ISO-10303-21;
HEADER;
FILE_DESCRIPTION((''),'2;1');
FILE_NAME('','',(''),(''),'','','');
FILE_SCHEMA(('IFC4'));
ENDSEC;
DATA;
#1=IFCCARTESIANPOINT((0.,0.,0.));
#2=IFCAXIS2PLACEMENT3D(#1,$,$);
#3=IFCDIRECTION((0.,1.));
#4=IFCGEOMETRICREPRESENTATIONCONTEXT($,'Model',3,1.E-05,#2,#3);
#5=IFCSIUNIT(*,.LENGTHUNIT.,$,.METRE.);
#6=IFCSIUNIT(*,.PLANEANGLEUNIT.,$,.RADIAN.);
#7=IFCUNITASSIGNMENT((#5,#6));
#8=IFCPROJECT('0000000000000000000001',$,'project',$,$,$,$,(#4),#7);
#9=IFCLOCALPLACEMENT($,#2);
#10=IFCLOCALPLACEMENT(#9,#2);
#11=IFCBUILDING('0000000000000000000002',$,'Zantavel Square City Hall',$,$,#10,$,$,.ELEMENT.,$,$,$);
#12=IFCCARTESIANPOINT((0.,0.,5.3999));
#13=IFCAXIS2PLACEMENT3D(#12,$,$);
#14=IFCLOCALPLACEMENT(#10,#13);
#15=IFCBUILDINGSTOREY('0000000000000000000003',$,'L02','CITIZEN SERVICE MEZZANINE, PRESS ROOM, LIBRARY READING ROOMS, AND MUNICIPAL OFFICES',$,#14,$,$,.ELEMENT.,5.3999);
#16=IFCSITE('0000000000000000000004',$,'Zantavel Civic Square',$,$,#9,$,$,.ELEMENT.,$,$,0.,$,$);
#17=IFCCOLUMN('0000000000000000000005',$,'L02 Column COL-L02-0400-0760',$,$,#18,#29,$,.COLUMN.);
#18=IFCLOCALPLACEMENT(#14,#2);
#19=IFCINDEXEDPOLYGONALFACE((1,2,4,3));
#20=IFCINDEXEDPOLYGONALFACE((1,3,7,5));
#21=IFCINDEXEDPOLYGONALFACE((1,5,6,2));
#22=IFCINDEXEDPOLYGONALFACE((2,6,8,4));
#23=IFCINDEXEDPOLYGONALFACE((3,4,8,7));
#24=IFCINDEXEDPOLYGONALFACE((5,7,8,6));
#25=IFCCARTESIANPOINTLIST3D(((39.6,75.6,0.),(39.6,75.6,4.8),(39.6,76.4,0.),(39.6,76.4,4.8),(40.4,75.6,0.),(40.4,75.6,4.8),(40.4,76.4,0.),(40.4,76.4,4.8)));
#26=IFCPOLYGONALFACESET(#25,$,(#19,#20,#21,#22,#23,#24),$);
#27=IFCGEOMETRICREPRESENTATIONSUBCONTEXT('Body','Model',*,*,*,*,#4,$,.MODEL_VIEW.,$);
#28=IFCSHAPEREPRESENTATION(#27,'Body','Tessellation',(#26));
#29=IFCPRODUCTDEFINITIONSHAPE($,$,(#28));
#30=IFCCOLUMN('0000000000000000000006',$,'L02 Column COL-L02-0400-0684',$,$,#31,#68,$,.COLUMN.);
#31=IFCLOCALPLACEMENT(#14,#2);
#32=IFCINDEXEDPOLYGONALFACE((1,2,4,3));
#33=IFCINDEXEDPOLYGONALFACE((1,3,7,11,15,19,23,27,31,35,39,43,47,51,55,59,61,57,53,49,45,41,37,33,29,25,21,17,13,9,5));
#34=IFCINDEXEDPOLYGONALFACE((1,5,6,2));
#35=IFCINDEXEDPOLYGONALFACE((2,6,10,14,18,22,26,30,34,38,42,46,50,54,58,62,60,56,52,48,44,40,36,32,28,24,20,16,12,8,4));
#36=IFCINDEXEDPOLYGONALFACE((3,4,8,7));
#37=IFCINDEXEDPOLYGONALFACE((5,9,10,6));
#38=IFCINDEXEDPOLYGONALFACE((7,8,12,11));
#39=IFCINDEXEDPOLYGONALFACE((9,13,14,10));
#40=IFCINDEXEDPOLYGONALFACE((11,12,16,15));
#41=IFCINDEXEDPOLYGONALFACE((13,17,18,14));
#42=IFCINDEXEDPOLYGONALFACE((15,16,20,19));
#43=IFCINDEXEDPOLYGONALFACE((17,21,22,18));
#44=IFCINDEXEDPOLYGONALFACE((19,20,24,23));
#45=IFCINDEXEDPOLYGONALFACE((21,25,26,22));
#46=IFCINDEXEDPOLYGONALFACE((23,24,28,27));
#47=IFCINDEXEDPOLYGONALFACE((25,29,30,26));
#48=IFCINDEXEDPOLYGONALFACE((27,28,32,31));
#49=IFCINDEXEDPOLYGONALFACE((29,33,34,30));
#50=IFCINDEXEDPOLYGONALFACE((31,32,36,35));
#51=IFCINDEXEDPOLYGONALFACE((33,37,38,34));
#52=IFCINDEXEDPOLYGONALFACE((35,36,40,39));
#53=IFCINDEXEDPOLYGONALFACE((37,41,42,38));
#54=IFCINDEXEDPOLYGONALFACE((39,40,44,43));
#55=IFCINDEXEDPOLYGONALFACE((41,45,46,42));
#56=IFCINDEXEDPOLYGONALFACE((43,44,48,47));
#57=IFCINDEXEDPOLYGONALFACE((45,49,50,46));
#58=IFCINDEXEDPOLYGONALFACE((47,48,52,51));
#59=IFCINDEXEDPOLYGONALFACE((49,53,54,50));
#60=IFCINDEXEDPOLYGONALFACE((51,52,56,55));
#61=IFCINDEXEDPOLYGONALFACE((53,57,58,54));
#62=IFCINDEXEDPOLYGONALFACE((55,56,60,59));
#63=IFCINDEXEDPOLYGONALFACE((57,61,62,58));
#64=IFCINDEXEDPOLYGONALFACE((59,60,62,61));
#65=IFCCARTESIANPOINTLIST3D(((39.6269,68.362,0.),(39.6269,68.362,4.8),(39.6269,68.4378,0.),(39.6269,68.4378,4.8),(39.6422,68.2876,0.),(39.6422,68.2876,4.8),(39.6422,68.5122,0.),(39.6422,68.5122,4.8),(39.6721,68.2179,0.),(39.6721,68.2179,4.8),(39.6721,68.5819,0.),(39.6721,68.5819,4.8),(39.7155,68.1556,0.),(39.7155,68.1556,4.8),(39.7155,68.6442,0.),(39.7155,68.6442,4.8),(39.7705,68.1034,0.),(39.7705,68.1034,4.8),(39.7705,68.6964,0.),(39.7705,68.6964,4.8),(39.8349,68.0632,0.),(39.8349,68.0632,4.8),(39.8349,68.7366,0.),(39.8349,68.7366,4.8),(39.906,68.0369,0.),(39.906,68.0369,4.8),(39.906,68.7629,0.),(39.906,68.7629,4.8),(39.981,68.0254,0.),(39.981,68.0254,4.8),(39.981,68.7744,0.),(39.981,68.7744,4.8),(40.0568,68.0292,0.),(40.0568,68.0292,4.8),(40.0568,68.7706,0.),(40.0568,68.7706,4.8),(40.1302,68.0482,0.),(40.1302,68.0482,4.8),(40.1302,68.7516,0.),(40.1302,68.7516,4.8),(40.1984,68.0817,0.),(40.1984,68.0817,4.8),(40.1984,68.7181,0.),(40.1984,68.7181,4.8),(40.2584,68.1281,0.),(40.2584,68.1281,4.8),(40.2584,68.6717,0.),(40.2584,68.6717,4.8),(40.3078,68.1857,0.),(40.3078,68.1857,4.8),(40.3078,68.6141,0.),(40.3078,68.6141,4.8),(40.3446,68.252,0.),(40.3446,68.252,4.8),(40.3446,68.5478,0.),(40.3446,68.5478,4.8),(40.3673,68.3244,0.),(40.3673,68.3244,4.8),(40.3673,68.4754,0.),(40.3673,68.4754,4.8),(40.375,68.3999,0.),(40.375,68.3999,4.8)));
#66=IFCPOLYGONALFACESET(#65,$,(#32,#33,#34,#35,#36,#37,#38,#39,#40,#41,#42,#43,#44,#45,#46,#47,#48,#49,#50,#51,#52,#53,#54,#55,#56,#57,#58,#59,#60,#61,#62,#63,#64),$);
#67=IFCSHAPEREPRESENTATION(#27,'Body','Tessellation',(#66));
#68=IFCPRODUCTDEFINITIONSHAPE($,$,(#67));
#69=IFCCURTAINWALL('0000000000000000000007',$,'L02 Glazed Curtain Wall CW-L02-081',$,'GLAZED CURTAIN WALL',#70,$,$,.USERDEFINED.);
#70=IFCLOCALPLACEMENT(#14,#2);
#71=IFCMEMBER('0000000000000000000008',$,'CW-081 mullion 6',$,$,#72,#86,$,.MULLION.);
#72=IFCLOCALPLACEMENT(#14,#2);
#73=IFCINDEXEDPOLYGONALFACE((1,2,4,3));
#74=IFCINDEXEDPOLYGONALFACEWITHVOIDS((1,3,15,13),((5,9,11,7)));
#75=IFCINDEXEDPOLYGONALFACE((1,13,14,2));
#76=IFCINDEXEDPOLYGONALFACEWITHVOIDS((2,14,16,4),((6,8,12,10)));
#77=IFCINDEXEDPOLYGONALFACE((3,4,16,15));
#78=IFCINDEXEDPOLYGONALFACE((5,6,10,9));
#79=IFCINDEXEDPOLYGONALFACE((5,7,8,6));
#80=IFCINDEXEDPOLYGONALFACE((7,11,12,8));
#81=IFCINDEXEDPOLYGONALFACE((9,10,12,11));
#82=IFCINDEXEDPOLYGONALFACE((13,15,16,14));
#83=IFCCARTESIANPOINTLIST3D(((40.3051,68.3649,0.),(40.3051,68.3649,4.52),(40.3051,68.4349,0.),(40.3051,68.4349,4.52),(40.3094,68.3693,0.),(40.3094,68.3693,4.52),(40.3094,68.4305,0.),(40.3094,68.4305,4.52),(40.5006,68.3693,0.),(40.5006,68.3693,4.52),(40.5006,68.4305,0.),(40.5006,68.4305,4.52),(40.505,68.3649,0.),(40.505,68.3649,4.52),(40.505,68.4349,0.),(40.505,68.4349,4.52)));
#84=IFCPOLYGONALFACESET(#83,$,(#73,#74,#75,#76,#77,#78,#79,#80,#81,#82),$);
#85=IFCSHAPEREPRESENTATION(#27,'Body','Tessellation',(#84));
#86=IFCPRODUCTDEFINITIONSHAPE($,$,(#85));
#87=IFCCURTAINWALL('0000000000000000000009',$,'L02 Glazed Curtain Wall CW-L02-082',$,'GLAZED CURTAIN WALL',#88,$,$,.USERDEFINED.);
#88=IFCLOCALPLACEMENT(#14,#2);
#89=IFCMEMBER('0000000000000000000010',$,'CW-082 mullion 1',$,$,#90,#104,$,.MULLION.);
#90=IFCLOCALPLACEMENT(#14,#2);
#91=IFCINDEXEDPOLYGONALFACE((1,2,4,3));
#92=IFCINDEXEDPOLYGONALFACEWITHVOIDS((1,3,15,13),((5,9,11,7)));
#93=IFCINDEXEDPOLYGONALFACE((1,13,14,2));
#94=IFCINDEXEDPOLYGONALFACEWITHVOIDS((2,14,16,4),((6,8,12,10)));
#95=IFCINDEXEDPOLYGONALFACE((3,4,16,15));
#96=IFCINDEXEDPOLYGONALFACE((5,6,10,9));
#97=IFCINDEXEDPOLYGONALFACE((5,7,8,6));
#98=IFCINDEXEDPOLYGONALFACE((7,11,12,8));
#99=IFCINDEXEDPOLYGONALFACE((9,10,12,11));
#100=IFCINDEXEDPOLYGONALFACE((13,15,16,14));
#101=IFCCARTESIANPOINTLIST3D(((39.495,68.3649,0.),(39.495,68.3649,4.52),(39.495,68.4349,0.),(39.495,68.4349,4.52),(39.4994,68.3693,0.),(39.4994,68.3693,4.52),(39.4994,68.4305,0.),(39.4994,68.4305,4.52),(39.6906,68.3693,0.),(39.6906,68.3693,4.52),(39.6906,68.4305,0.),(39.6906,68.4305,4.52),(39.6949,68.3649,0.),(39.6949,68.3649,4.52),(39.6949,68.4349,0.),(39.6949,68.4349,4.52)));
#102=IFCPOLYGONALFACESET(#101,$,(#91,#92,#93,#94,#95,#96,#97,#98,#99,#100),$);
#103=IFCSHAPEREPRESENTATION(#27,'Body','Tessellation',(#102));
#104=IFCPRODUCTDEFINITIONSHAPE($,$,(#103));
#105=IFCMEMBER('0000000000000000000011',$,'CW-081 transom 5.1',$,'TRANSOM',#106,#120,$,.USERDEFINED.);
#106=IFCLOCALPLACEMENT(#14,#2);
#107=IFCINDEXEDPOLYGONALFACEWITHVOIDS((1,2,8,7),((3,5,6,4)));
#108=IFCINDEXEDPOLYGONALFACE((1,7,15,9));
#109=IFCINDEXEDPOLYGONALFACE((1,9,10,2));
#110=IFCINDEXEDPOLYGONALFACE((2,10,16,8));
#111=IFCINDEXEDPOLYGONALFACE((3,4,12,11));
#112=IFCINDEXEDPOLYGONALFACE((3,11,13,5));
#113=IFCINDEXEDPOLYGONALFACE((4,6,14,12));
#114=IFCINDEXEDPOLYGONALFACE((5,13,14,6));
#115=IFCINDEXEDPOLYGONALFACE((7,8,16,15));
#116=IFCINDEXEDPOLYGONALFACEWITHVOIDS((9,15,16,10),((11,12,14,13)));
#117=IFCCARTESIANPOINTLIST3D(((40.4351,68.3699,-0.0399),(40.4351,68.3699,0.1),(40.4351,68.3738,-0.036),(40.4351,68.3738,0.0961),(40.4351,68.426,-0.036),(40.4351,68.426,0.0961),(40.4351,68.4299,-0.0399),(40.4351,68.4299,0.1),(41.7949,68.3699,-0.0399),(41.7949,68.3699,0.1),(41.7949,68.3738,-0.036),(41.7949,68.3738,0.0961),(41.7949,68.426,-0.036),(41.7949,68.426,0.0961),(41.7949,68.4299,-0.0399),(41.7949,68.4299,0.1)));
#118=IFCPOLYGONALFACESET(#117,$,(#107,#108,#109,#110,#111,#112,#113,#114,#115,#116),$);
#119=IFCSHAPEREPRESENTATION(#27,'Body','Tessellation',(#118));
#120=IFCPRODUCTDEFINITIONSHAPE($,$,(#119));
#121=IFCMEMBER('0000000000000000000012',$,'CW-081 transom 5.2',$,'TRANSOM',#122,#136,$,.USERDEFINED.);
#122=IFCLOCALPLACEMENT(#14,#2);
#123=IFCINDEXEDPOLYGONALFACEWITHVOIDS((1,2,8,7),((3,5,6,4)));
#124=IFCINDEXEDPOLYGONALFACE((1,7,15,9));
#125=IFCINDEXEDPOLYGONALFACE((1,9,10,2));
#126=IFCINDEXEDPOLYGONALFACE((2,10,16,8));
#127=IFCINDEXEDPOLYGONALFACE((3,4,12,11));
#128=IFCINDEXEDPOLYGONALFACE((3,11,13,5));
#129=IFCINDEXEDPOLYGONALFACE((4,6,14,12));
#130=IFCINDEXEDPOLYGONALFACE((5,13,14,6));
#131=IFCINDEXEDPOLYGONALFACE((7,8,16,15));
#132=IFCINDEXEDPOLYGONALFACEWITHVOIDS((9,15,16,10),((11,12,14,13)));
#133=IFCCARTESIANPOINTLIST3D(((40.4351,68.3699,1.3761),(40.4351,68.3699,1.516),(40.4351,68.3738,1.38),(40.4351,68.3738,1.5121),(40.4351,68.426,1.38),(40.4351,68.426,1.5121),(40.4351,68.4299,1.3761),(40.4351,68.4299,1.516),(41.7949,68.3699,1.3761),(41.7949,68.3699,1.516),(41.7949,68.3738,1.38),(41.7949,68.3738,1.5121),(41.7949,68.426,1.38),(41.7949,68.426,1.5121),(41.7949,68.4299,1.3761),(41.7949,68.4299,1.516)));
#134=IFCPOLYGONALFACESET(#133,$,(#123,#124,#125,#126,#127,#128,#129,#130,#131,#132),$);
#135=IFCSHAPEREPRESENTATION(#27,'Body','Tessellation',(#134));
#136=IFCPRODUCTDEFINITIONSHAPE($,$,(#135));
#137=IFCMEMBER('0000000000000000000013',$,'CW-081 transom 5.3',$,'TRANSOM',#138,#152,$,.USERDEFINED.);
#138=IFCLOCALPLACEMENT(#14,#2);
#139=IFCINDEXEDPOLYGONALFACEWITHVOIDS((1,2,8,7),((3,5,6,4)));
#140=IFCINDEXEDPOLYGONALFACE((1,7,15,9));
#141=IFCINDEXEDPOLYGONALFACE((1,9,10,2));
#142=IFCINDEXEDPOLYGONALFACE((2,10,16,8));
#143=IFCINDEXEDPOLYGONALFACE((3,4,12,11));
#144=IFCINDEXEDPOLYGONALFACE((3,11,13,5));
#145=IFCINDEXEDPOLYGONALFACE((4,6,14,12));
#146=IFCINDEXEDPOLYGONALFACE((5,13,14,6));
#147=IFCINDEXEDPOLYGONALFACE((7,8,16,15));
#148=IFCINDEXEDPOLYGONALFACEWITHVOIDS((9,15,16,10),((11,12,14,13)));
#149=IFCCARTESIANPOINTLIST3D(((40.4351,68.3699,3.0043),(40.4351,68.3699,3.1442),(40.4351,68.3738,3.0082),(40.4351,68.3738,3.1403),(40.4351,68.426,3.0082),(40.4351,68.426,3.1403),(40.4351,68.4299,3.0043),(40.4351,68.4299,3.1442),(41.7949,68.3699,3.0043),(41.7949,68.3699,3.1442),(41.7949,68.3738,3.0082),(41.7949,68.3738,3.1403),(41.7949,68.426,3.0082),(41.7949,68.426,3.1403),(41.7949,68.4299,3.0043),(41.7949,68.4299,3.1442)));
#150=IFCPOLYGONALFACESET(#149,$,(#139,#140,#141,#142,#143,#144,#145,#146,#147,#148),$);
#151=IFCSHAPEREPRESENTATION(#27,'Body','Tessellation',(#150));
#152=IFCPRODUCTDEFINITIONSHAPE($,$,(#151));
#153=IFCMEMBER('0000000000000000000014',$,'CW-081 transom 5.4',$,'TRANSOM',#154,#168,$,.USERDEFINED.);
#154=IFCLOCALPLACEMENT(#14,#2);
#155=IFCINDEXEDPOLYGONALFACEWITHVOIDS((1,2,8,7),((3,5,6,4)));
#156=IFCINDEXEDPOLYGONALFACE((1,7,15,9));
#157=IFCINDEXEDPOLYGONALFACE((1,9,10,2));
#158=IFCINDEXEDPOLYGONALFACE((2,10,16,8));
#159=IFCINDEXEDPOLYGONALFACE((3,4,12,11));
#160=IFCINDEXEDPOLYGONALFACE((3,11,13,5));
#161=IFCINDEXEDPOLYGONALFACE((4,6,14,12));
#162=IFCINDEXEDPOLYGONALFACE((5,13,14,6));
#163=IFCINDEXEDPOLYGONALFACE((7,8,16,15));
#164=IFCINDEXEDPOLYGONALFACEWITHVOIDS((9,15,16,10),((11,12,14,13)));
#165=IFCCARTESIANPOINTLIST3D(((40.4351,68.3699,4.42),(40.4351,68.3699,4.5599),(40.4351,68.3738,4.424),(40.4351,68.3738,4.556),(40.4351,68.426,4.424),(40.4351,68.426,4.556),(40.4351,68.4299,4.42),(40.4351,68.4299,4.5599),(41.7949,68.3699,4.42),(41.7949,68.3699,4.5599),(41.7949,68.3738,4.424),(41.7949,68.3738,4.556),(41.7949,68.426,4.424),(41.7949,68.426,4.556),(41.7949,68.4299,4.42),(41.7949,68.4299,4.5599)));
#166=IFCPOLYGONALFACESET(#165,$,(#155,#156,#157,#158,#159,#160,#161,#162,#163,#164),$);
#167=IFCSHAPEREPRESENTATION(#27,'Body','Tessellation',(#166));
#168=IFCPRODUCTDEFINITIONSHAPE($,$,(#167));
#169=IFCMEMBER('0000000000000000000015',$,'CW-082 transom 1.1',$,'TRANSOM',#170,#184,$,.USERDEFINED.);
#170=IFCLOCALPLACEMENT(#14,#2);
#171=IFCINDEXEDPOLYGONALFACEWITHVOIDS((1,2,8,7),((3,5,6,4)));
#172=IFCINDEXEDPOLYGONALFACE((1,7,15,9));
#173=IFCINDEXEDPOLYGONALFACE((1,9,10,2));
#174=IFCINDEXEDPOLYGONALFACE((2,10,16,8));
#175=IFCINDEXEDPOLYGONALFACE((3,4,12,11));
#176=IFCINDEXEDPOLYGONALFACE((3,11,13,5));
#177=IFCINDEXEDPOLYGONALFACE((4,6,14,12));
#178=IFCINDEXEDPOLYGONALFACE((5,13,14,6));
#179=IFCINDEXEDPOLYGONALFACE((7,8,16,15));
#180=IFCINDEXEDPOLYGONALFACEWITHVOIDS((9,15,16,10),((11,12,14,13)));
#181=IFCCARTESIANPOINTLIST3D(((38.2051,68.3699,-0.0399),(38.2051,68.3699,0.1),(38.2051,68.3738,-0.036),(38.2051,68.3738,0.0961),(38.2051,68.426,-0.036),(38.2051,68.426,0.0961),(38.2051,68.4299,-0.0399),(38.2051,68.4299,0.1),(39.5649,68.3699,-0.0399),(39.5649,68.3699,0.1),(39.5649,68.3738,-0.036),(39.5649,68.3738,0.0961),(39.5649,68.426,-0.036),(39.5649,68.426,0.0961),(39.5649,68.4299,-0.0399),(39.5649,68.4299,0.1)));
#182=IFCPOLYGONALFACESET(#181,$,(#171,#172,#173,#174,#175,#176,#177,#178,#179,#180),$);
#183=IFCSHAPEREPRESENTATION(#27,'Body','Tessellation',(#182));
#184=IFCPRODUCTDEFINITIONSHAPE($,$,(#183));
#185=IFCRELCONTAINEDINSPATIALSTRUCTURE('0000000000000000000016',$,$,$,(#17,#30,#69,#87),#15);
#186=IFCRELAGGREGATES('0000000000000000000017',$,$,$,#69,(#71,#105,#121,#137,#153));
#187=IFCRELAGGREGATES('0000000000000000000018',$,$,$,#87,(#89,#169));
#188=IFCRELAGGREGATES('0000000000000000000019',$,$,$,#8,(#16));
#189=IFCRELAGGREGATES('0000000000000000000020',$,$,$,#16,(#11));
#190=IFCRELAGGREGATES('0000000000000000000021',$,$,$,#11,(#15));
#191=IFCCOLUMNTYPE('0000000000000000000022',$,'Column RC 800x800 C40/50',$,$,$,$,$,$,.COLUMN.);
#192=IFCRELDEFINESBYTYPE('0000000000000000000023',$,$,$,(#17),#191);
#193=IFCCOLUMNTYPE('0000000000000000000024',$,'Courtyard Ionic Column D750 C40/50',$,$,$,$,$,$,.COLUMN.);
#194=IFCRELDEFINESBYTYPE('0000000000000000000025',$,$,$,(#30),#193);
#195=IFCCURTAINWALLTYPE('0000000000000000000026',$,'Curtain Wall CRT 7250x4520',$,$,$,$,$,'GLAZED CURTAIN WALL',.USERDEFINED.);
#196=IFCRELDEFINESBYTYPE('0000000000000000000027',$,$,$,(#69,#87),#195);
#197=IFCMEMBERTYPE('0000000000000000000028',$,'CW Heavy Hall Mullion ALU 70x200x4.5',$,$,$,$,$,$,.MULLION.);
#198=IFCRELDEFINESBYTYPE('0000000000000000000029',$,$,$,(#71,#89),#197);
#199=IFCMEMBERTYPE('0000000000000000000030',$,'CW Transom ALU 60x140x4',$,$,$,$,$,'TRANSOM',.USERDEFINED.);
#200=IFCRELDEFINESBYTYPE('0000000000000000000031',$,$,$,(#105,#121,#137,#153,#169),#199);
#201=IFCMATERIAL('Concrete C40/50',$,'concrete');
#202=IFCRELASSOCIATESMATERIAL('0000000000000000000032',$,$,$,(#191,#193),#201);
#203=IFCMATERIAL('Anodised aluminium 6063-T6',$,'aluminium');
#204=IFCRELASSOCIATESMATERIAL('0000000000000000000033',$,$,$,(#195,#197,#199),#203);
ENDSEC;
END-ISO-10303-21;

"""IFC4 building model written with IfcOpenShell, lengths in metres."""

from ifc_helpers import new_model, si_unit, direction, frame, origin, origin_2d, place, context, subcontext, project, spatial, rectangle, hollow_rectangle, circle, extrude, material, material_profile, profile_set, type_object, element, aggregate, save


model = new_model("IFC4")

# Units and contexts
model_context = context("Model", 3, precision=1e-05, world=origin(), true_north=direction((0.0, 1.0)))
body_context = subcontext(model_context, "Body", "Model", "MODEL_VIEW")
ifc_project = project(units=[si_unit("LENGTHUNIT", "METRE"), si_unit("PLANEANGLEUNIT", "RADIAN")], contexts=[model_context])

# Site, building, storey
site_placement = place(None, origin())
site = spatial("IfcSite", under=ifc_project, at=site_placement, Name="Zantavel Civic Square", CompositionType="ELEMENT", RefElevation=0.0)
building_placement = place(site_placement, origin())
building = spatial("IfcBuilding", under=site, at=building_placement, Name="Zantavel Square City Hall", CompositionType="ELEMENT")
storey_placement = place(building_placement, frame((0.0, 0.0, 5.3999)))
storey = spatial("IfcBuildingStorey", under=building, at=storey_placement, Name="L02", Description="CITIZEN SERVICE MEZZANINE, PRESS ROOM, LIBRARY READING ROOMS, AND MUNICIPAL OFFICES", CompositionType="ELEMENT", Elevation=5.3999)

# Columns
ifc_material_1 = material(Name="Concrete C40/50", Category="concrete")
ifc_material_profile_1 = material_profile(ifc_material_1, rectangle(XDim=0.8, YDim=0.8, at=origin_2d()), Name="RC 800x800")
ifc_profile_set_1 = profile_set([ifc_material_profile_1], Name="Concrete C40/50")
column_type_1 = type_object("IfcColumnType", Name="Column RC 800x800 C40/50", PredefinedType="COLUMN", material=ifc_profile_set_1)
column_1_placement = place(storey_placement, frame((40.0, 76.0, 0.0), z_axis=(0.0, 0.0, 1.0), x_axis=(1.0, 0.0, 0.0)))
element("IfcColumn", 1, at=column_1_placement, inside=storey, type_object=column_type_1, Name="L02 Column COL-L02-0400-0760", PredefinedType="COLUMN", context=body_context, shape_type="SweptSolid", body=[
    extrude(rectangle(XDim=0.8, YDim=0.8, at=origin_2d()), origin(), (0.0, 0.0, 1.0), 4.8),
])
ifc_material_profile_2 = material_profile(ifc_material_1, circle(Radius=0.375, at=origin_2d()), Name="ROUND D750")
ifc_profile_set_2 = profile_set([ifc_material_profile_2], Name="Concrete C40/50")
column_type_2 = type_object("IfcColumnType", Name="Courtyard Ionic Column D750 C40/50", PredefinedType="COLUMN", material=ifc_profile_set_2)
column_2_placement = place(storey_placement, frame((40.0, 68.3999, 0.0), z_axis=(0.0, 0.0, 1.0), x_axis=(1.0, 0.0, 0.0)))
element("IfcColumn", 2, at=column_2_placement, inside=storey, type_object=column_type_2, Name="L02 Column COL-L02-0400-0684", PredefinedType="COLUMN", context=body_context, shape_type="SweptSolid", body=[
    extrude(circle(Radius=0.375, at=origin_2d()), origin(), (0.0, 0.0, 1.0), 4.8),
])

# Curtain walls, members
ifc_material_2 = material(Name="Anodised aluminium 6063-T6", Category="aluminium")
curtain_wall_type = type_object("IfcCurtainWallType", Name="Curtain Wall CRT 7250x4520", ElementType="GLAZED CURTAIN WALL", PredefinedType="USERDEFINED", material=ifc_material_2)
curtain_wall_1_placement = place(storey_placement, origin())
curtain_wall_1 = element("IfcCurtainWall", 3, at=curtain_wall_1_placement, inside=storey, type_object=curtain_wall_type, Name="L02 Glazed Curtain Wall CW-L02-081", ObjectType="GLAZED CURTAIN WALL", PredefinedType="USERDEFINED")
ifc_material_profile_3 = material_profile(ifc_material_2, hollow_rectangle(XDim=0.0701, YDim=0.2, WallThickness=0.0044, at=origin_2d()), Name="ALU 70x200x4.5")
ifc_profile_set_3 = profile_set([ifc_material_profile_3], Name="Anodised aluminium 6063-T6")
member_type_1 = type_object("IfcMemberType", Name="CW Heavy Hall Mullion ALU 70x200x4.5", PredefinedType="MULLION", material=ifc_profile_set_3)
member_1_placement = place(storey_placement, frame((40.405, 68.3999, 0.0), z_axis=(0.0, 0.0, 1.0), x_axis=(0.0, -1.0, 0.0)))
member_1 = element("IfcMember", 4, at=member_1_placement, type_object=member_type_1, Name="CW-081 mullion 6", PredefinedType="MULLION", context=body_context, shape_type="SweptSolid", body=[
    extrude(hollow_rectangle(XDim=0.0701, YDim=0.2, WallThickness=0.0044, at=origin_2d()), origin(), (0.0, 0.0, 1.0), 4.52),
])
curtain_wall_2_placement = place(storey_placement, origin())
curtain_wall_2 = element("IfcCurtainWall", 5, at=curtain_wall_2_placement, inside=storey, type_object=curtain_wall_type, Name="L02 Glazed Curtain Wall CW-L02-082", ObjectType="GLAZED CURTAIN WALL", PredefinedType="USERDEFINED")
member_2_placement = place(storey_placement, frame((39.595, 68.3999, 0.0), z_axis=(0.0, 0.0, 1.0), x_axis=(0.0, -1.0, 0.0)))
member_2 = element("IfcMember", 6, at=member_2_placement, type_object=member_type_1, Name="CW-082 mullion 1", PredefinedType="MULLION", context=body_context, shape_type="SweptSolid", body=[
    extrude(hollow_rectangle(XDim=0.0701, YDim=0.2, WallThickness=0.0044, at=origin_2d()), origin(), (0.0, 0.0, 1.0), 4.52),
])

# Members
ifc_material_profile_4 = material_profile(ifc_material_2, hollow_rectangle(XDim=0.0601, YDim=0.1399, WallThickness=0.0039, at=origin_2d()), Name="ALU 60x140x4")
ifc_profile_set_4 = profile_set([ifc_material_profile_4], Name="Anodised aluminium 6063-T6")
member_type_2 = type_object("IfcMemberType", Name="CW Transom ALU 60x140x4", ElementType="TRANSOM", PredefinedType="USERDEFINED", material=ifc_profile_set_4)
member_3_placement = place(storey_placement, frame((41.7949, 68.3999, 0.03), z_axis=(-1.0, 0.0, 0.0), x_axis=(0.0, -1.0, 0.0)))
member_3 = element("IfcMember", 7, at=member_3_placement, type_object=member_type_2, Name="CW-081 transom 5.1", ObjectType="TRANSOM", PredefinedType="USERDEFINED", context=body_context, shape_type="SweptSolid", body=[
    extrude(hollow_rectangle(XDim=0.0601, YDim=0.1399, WallThickness=0.0039, at=origin_2d()), origin(), (0.0, 0.0, 1.0), 1.3599),
])
member_4_placement = place(storey_placement, frame((41.7949, 68.3999, 1.446), z_axis=(-1.0, 0.0, 0.0), x_axis=(0.0, -1.0, 0.0)))
member_4 = element("IfcMember", 8, at=member_4_placement, type_object=member_type_2, Name="CW-081 transom 5.2", ObjectType="TRANSOM", PredefinedType="USERDEFINED", context=body_context, shape_type="SweptSolid", body=[
    extrude(hollow_rectangle(XDim=0.0601, YDim=0.1399, WallThickness=0.0039, at=origin_2d()), origin(), (0.0, 0.0, 1.0), 1.3599),
])
member_5_placement = place(storey_placement, frame((41.7949, 68.3999, 3.0742), z_axis=(-1.0, 0.0, 0.0), x_axis=(0.0, -1.0, 0.0)))
member_5 = element("IfcMember", 9, at=member_5_placement, type_object=member_type_2, Name="CW-081 transom 5.3", ObjectType="TRANSOM", PredefinedType="USERDEFINED", context=body_context, shape_type="SweptSolid", body=[
    extrude(hollow_rectangle(XDim=0.0601, YDim=0.1399, WallThickness=0.0039, at=origin_2d()), origin(), (0.0, 0.0, 1.0), 1.3599),
])
member_6_placement = place(storey_placement, frame((41.7949, 68.3999, 4.49), z_axis=(-1.0, 0.0, 0.0), x_axis=(0.0, -1.0, 0.0)))
member_6 = element("IfcMember", 10, at=member_6_placement, type_object=member_type_2, Name="CW-081 transom 5.4", ObjectType="TRANSOM", PredefinedType="USERDEFINED", context=body_context, shape_type="SweptSolid", body=[
    extrude(hollow_rectangle(XDim=0.0601, YDim=0.1399, WallThickness=0.0039, at=origin_2d()), origin(), (0.0, 0.0, 1.0), 1.3599),
])
member_7_placement = place(storey_placement, frame((39.5649, 68.3999, 0.03), z_axis=(-1.0, 0.0, 0.0), x_axis=(0.0, -1.0, 0.0)))
member_7 = element("IfcMember", 11, at=member_7_placement, type_object=member_type_2, Name="CW-082 transom 1.1", ObjectType="TRANSOM", PredefinedType="USERDEFINED", context=body_context, shape_type="SweptSolid", body=[
    extrude(hollow_rectangle(XDim=0.0601, YDim=0.1399, WallThickness=0.0039, at=origin_2d()), origin(), (0.0, 0.0, 1.0), 1.3599),
])

aggregate(curtain_wall_1, [member_1, member_3, member_4, member_5, member_6])
aggregate(curtain_wall_2, [member_2, member_7])

save(model, "model.ifc")
